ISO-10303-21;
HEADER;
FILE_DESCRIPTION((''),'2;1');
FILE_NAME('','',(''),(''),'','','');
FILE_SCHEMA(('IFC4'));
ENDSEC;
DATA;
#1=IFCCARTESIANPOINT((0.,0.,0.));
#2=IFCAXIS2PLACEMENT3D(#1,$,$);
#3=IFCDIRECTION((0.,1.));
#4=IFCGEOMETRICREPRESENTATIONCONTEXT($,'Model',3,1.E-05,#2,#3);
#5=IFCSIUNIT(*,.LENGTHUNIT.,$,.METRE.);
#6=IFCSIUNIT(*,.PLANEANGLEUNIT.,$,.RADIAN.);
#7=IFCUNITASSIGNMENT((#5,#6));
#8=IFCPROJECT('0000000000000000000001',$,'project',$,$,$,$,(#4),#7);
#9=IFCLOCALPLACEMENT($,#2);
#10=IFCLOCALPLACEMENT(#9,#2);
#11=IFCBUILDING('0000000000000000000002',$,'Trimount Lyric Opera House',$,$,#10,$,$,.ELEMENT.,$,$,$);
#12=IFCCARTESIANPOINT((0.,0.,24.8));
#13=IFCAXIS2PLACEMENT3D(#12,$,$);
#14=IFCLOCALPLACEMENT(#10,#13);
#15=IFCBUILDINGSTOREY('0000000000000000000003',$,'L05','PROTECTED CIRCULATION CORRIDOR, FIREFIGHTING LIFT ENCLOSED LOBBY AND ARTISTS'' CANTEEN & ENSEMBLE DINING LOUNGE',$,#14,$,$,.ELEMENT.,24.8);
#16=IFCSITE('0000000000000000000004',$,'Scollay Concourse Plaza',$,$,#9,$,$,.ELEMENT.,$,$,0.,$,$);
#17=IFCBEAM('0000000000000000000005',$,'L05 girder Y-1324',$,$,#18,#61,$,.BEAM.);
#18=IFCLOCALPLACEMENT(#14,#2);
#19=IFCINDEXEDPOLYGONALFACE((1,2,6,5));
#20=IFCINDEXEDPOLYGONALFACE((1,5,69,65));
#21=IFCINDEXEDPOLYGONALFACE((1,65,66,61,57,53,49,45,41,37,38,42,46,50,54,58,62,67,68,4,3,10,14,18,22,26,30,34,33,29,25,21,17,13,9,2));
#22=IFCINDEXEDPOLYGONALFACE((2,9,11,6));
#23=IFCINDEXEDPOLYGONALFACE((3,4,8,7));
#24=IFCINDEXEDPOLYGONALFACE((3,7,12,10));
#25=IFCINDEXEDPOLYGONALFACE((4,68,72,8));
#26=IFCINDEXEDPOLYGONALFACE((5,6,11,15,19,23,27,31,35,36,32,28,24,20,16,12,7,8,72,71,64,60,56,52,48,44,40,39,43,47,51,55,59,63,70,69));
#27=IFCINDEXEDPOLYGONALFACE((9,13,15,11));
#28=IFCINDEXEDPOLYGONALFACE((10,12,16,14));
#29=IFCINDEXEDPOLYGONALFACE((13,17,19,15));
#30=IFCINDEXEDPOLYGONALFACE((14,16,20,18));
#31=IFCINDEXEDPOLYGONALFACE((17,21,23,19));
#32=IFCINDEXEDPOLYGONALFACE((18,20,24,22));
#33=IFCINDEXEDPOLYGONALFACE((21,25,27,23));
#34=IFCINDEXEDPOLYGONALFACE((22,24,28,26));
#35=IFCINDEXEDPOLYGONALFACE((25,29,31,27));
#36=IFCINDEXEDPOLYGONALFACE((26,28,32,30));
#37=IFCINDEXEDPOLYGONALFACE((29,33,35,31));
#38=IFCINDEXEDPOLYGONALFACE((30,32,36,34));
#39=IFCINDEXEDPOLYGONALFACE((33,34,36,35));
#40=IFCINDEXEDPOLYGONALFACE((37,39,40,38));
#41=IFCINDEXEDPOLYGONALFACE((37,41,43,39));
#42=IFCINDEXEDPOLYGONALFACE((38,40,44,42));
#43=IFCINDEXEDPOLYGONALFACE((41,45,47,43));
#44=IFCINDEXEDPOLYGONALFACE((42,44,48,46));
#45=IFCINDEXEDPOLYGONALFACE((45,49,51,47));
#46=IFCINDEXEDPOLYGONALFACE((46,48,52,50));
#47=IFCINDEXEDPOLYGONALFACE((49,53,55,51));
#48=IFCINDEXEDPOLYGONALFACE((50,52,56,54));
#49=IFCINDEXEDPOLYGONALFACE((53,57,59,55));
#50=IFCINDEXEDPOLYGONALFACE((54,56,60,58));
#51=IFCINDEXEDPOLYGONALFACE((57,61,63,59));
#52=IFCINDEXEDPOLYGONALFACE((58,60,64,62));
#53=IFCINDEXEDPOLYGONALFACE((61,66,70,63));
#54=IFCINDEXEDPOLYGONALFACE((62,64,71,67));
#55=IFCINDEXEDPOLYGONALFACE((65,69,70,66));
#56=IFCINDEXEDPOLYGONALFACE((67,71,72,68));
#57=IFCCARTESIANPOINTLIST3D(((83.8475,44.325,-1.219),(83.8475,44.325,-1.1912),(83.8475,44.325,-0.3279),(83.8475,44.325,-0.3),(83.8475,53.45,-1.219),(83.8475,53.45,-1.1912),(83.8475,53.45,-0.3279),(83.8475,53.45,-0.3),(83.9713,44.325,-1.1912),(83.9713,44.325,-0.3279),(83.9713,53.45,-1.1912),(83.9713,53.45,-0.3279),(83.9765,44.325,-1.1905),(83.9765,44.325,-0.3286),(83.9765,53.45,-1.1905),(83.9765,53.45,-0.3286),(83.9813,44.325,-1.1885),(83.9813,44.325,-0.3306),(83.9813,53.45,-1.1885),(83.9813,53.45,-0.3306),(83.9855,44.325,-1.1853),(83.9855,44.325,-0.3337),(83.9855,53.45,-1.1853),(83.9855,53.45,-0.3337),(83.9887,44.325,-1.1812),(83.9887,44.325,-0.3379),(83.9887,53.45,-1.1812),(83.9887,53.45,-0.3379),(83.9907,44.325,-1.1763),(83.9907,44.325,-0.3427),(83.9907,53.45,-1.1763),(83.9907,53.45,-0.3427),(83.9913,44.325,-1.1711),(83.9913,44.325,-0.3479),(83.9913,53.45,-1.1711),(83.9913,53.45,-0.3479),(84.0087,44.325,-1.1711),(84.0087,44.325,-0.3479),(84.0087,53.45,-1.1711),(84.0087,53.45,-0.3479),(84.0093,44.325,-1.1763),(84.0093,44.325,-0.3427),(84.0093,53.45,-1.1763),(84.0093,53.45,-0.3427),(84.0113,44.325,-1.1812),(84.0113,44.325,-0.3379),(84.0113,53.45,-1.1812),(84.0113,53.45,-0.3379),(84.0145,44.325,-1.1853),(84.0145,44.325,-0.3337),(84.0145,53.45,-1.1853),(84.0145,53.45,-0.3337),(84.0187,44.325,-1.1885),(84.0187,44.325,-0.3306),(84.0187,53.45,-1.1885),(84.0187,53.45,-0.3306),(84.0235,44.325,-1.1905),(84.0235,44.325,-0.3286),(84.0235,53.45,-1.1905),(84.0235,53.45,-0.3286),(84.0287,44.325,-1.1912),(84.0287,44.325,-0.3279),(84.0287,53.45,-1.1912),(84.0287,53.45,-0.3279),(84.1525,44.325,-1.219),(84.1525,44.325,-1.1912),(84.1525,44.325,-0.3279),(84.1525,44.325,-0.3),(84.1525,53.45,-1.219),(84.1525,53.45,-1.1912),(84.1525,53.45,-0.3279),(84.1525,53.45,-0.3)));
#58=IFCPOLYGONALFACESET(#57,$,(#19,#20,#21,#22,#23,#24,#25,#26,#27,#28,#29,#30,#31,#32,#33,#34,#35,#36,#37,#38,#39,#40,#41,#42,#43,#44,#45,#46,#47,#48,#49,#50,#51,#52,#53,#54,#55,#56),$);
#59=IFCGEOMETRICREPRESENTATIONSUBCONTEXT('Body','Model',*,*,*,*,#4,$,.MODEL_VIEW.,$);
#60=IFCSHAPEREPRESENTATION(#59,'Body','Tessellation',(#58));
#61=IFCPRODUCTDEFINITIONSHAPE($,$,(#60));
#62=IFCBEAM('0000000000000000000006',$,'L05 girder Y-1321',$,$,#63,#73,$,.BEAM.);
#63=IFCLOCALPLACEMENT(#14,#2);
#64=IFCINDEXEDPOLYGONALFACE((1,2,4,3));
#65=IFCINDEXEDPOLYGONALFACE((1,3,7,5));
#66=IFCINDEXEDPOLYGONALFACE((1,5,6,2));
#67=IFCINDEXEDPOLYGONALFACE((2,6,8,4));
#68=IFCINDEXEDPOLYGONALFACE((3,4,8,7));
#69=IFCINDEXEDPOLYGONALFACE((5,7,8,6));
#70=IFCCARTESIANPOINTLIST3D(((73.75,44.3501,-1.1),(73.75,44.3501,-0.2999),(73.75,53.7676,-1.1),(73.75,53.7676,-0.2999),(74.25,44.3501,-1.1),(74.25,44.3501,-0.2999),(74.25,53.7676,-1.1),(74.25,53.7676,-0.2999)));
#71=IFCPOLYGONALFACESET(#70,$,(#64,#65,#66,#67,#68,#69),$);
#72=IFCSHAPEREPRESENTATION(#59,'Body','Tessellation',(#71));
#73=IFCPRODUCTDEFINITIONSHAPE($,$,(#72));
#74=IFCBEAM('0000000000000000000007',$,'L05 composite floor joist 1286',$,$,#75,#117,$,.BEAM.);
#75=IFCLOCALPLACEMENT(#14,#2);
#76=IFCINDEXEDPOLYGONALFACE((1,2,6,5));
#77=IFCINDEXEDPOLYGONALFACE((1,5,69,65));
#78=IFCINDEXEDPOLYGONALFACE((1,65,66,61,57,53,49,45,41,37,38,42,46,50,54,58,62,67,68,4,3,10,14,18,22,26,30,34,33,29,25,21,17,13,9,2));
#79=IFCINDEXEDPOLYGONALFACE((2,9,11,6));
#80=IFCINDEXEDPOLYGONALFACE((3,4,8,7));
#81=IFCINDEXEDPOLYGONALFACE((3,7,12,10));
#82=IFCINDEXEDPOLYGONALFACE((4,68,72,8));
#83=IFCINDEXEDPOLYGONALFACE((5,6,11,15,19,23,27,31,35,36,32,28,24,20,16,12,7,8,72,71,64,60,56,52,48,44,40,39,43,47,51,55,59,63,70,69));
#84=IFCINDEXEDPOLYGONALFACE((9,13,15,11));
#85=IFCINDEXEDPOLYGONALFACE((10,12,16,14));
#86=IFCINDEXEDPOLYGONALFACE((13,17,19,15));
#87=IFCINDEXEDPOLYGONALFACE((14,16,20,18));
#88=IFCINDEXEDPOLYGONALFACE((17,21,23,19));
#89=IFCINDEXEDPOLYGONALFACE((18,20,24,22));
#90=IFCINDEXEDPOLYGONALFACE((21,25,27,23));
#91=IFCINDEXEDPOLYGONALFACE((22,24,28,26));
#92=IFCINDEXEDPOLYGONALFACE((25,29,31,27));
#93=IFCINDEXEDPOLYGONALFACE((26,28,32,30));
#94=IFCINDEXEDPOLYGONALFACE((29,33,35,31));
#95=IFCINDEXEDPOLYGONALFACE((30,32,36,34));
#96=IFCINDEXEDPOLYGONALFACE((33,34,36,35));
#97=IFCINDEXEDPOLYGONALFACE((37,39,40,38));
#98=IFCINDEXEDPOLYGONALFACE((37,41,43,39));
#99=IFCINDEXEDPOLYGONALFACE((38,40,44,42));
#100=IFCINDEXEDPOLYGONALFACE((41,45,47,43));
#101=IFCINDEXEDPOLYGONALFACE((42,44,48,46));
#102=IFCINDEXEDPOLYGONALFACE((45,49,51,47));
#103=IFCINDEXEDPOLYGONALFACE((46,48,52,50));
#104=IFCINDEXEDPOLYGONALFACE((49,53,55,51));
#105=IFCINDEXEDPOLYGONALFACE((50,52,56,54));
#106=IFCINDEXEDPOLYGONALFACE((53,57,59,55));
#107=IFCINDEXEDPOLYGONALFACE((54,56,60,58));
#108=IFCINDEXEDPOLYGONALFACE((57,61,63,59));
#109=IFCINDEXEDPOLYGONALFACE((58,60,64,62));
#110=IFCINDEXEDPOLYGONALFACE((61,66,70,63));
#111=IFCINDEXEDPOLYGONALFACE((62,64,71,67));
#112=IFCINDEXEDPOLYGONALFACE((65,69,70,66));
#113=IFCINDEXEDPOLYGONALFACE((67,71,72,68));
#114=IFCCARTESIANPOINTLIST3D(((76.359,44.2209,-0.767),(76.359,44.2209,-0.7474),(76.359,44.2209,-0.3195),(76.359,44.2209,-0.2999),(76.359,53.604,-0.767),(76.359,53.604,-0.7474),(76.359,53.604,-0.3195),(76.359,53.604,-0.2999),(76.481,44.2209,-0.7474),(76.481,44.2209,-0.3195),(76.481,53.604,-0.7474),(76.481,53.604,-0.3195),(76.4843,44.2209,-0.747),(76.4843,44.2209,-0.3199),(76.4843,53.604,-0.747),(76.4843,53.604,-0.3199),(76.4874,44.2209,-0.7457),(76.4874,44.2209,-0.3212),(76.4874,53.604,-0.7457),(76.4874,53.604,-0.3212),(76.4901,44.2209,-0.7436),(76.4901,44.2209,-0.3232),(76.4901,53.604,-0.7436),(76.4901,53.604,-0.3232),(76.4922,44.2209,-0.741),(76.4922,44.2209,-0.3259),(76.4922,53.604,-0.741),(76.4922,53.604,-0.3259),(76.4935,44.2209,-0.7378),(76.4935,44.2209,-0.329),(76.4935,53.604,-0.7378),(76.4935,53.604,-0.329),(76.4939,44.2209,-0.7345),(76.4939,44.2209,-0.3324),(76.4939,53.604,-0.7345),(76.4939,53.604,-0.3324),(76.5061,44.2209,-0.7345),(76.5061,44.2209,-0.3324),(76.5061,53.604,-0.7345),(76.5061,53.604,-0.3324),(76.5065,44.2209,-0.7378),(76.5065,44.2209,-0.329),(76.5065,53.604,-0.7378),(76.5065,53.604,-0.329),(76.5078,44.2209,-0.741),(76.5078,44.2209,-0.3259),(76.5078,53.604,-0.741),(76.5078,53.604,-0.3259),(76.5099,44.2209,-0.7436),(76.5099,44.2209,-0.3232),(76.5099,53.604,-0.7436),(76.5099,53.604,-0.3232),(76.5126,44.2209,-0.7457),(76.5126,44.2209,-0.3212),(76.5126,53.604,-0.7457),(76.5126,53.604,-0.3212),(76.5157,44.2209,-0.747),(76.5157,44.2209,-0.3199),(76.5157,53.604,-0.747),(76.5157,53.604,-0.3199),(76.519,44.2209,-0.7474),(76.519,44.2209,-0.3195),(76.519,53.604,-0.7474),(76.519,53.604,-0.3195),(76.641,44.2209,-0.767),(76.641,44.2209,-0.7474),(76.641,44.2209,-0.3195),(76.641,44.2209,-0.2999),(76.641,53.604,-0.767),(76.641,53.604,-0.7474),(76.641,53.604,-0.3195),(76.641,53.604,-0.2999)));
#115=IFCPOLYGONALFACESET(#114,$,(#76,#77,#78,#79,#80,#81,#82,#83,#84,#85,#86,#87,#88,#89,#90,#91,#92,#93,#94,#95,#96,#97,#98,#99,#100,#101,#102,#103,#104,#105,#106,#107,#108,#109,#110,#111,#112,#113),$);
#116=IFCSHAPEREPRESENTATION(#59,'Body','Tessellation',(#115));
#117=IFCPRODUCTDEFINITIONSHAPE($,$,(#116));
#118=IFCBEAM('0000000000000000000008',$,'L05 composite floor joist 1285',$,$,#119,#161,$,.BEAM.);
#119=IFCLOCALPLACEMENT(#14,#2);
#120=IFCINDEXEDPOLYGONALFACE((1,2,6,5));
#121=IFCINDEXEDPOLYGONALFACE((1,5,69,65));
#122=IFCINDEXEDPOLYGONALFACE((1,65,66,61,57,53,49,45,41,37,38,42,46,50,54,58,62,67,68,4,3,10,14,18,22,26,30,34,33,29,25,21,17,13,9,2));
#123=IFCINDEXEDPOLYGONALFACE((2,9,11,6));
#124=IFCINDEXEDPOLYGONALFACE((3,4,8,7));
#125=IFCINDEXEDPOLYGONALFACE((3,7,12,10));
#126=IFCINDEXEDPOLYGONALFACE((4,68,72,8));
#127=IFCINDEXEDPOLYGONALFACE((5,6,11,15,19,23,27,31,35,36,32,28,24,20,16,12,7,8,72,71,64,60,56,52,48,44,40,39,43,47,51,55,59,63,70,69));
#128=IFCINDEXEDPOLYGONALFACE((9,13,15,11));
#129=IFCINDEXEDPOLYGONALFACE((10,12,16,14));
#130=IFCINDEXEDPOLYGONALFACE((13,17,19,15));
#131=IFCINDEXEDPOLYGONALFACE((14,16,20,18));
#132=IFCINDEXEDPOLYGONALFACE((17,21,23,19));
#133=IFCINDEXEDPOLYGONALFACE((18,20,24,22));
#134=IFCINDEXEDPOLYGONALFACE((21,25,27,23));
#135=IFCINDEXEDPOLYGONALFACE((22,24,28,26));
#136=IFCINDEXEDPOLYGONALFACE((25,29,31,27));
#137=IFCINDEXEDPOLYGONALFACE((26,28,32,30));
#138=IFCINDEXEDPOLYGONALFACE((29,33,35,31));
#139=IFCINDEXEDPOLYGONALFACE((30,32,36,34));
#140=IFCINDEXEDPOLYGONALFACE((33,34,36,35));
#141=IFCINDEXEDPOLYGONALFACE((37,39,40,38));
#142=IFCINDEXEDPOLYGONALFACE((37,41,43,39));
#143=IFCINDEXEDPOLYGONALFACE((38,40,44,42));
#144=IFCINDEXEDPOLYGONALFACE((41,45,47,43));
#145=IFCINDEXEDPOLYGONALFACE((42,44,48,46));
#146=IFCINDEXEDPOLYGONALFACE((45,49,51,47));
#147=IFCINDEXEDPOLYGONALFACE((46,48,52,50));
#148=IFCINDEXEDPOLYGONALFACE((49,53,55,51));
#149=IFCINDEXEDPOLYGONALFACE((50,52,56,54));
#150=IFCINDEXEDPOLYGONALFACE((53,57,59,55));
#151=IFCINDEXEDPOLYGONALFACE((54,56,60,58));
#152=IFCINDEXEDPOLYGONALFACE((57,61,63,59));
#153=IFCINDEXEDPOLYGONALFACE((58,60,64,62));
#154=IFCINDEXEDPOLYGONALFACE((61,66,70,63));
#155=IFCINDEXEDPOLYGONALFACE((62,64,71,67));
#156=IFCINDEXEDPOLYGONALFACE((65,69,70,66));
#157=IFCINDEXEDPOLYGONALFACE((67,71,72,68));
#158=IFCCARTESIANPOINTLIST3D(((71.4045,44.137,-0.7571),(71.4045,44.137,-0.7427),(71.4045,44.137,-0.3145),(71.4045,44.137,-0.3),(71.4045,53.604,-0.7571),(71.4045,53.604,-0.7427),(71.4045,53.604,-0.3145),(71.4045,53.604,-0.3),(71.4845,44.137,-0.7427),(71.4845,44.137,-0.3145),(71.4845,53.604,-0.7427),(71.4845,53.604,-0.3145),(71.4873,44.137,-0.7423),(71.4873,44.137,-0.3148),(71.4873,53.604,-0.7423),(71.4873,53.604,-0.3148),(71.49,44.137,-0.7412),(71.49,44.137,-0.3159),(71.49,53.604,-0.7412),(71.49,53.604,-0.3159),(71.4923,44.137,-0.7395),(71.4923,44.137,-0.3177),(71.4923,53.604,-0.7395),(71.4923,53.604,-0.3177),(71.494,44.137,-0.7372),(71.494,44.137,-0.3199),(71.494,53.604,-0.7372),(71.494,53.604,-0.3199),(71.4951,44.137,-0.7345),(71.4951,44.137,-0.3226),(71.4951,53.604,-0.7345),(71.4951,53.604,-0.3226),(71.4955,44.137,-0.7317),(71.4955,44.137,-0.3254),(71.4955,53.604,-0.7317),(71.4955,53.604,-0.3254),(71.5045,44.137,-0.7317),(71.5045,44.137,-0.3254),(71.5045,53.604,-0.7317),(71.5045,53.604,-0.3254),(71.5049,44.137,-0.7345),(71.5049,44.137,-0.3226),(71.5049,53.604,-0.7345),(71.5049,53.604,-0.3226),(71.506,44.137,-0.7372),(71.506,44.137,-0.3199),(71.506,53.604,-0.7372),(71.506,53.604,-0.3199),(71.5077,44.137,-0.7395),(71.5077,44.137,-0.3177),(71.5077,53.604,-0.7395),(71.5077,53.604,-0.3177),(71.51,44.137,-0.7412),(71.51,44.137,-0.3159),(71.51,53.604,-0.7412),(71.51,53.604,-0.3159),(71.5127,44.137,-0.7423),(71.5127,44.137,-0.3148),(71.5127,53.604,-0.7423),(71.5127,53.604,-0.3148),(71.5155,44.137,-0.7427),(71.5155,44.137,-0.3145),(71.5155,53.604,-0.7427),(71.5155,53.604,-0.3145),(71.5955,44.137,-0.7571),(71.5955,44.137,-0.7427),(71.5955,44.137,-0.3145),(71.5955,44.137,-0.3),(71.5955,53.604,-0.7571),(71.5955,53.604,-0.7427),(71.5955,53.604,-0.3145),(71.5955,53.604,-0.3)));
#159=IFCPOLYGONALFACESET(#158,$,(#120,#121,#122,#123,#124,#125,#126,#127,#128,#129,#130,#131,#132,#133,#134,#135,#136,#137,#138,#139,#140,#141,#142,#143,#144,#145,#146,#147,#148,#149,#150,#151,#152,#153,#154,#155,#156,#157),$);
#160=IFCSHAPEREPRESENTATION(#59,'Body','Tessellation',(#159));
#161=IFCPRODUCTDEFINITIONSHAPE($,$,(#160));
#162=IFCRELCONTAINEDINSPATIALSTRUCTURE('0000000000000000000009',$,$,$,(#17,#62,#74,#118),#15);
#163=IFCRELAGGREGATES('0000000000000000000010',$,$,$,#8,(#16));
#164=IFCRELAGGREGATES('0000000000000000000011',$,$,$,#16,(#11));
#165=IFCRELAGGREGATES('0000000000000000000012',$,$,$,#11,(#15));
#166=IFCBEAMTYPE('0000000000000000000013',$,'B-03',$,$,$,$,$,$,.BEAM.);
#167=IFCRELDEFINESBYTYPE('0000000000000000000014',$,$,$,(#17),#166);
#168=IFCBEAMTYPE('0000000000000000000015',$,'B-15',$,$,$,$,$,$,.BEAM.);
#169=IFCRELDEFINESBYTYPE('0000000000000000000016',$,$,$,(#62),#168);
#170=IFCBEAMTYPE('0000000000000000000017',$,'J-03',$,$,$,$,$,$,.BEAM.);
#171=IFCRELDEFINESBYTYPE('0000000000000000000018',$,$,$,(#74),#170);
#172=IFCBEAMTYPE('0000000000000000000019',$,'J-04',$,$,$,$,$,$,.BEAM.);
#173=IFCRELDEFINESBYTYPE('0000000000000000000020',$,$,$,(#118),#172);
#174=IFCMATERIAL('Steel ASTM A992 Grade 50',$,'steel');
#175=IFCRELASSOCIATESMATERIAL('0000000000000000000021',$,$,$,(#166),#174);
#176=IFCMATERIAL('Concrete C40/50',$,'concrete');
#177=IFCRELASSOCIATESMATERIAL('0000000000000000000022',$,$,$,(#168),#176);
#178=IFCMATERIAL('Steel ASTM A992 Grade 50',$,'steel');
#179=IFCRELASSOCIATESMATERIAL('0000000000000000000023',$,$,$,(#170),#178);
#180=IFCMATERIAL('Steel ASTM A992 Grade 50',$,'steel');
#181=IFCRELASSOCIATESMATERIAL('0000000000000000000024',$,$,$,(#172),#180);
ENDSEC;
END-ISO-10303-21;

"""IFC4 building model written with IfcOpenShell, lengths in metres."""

from ifc_helpers import new_model, si_unit, direction, frame, origin, origin_2d, place, context, subcontext, project, spatial, rectangle, i_section, extrude, material, material_profile, profile_set, type_object, element, save


model = new_model("IFC4")

# Units and contexts
model_context = context("Model", 3, precision=1e-05, world=origin(), true_north=direction((0.0, 1.0)))
body_context = subcontext(model_context, "Body", "Model", "MODEL_VIEW")
ifc_project = project(units=[si_unit("LENGTHUNIT", "METRE"), si_unit("PLANEANGLEUNIT", "RADIAN")], contexts=[model_context])

# Site, building, storey
site_placement = place(None, origin())
site = spatial("IfcSite", under=ifc_project, at=site_placement, Name="Scollay Concourse Plaza", CompositionType="ELEMENT", RefElevation=0.0)
building_placement = place(site_placement, origin())
building = spatial("IfcBuilding", under=site, at=building_placement, Name="Trimount Lyric Opera House", CompositionType="ELEMENT")
storey_placement = place(building_placement, frame((0.0, 0.0, 24.8)))
storey = spatial("IfcBuildingStorey", under=building, at=storey_placement, Name="L05", Description="PROTECTED CIRCULATION CORRIDOR, FIREFIGHTING LIFT ENCLOSED LOBBY AND ARTISTS' CANTEEN & ENSEMBLE DINING LOUNGE", CompositionType="ELEMENT", Elevation=24.8)

# Beams
ifc_material_1 = material(Name="Steel ASTM A992 Grade 50", Category="steel")
ifc_material_profile_1 = material_profile(ifc_material_1, i_section(OverallWidth=0.3049, OverallDepth=0.9189, WebThickness=0.0173, FlangeThickness=0.0278, FilletRadius=0.02, at=origin_2d()), Name="W36X170")
ifc_profile_set_1 = profile_set([ifc_material_profile_1], Name="Steel ASTM A992 Grade 50")
beam_type_1 = type_object("IfcBeamType", Name="B-03", PredefinedType="BEAM", material=ifc_profile_set_1)
beam_1_placement = place(storey_placement, frame((84.0, 44.325, -0.7595), z_axis=(0.0, 1.0, 0.0), x_axis=(-1.0, 0.0, 0.0)))
element("IfcBeam", 1, at=beam_1_placement, inside=storey, type_object=beam_type_1, Name="L05 girder Y-1324", PredefinedType="BEAM", context=body_context, shape_type="SweptSolid", body=[
    extrude(i_section(OverallWidth=0.3049, OverallDepth=0.9189, WebThickness=0.0173, FlangeThickness=0.0278, FilletRadius=0.02, at=origin_2d()), origin(), (0.0, 0.0, 1.0), 9.125),
])
ifc_material_2 = material(Name="Concrete C40/50", Category="concrete")
ifc_material_profile_2 = material_profile(ifc_material_2, rectangle(XDim=0.5, YDim=0.8, at=origin_2d()), Name="RC500X800")
ifc_profile_set_2 = profile_set([ifc_material_profile_2], Name="Concrete C40/50")
beam_type_2 = type_object("IfcBeamType", Name="B-15", PredefinedType="BEAM", material=ifc_profile_set_2)
beam_2_placement = place(storey_placement, frame((74.0, 44.3501, -0.7), z_axis=(0.0, 1.0, 0.0), x_axis=(-1.0, 0.0, 0.0)))
element("IfcBeam", 2, at=beam_2_placement, inside=storey, type_object=beam_type_2, Name="L05 girder Y-1321", PredefinedType="BEAM", context=body_context, shape_type="SweptSolid", body=[
    extrude(rectangle(XDim=0.5, YDim=0.8, at=origin_2d()), origin(), (0.0, 0.0, 1.0), 9.4175),
])
ifc_material_3 = material(Name="Steel ASTM A992 Grade 50", Category="steel")
ifc_material_profile_3 = material_profile(ifc_material_3, i_section(OverallWidth=0.282, OverallDepth=0.467, WebThickness=0.0122, FlangeThickness=0.0195, FilletRadius=0.0129, at=origin_2d()), Name="W18X86")
ifc_profile_set_3 = profile_set([ifc_material_profile_3], Name="Steel ASTM A992 Grade 50")
beam_type_3 = type_object("IfcBeamType", Name="J-03", PredefinedType="BEAM", material=ifc_profile_set_3)
beam_3_placement = place(storey_placement, frame((76.5, 44.2209, -0.5334), z_axis=(0.0, 1.0, 0.0), x_axis=(-1.0, 0.0, 0.0)))
element("IfcBeam", 3, at=beam_3_placement, inside=storey, type_object=beam_type_3, Name="L05 composite floor joist 1286", PredefinedType="BEAM", context=body_context, shape_type="SweptSolid", body=[
    extrude(i_section(OverallWidth=0.282, OverallDepth=0.467, WebThickness=0.0122, FlangeThickness=0.0195, FilletRadius=0.0129, at=origin_2d()), origin(), (0.0, 0.0, 1.0), 9.3831),
])
ifc_material_4 = material(Name="Steel ASTM A992 Grade 50", Category="steel")
ifc_material_profile_4 = material_profile(ifc_material_4, i_section(OverallWidth=0.1909, OverallDepth=0.457, WebThickness=0.009, FlangeThickness=0.0144, FilletRadius=0.011, at=origin_2d()), Name="W18X50")
ifc_profile_set_4 = profile_set([ifc_material_profile_4], Name="Steel ASTM A992 Grade 50")
beam_type_4 = type_object("IfcBeamType", Name="J-04", PredefinedType="BEAM", material=ifc_profile_set_4)
beam_4_placement = place(storey_placement, frame((71.5, 44.137, -0.5286), z_axis=(0.0, 1.0, 0.0), x_axis=(-1.0, 0.0, 0.0)))
element("IfcBeam", 4, at=beam_4_placement, inside=storey, type_object=beam_type_4, Name="L05 composite floor joist 1285", PredefinedType="BEAM", context=body_context, shape_type="SweptSolid", body=[
    extrude(i_section(OverallWidth=0.1909, OverallDepth=0.457, WebThickness=0.009, FlangeThickness=0.0144, FilletRadius=0.011, at=origin_2d()), origin(), (0.0, 0.0, 1.0), 9.467),
])

save(model, "model.ifc")
